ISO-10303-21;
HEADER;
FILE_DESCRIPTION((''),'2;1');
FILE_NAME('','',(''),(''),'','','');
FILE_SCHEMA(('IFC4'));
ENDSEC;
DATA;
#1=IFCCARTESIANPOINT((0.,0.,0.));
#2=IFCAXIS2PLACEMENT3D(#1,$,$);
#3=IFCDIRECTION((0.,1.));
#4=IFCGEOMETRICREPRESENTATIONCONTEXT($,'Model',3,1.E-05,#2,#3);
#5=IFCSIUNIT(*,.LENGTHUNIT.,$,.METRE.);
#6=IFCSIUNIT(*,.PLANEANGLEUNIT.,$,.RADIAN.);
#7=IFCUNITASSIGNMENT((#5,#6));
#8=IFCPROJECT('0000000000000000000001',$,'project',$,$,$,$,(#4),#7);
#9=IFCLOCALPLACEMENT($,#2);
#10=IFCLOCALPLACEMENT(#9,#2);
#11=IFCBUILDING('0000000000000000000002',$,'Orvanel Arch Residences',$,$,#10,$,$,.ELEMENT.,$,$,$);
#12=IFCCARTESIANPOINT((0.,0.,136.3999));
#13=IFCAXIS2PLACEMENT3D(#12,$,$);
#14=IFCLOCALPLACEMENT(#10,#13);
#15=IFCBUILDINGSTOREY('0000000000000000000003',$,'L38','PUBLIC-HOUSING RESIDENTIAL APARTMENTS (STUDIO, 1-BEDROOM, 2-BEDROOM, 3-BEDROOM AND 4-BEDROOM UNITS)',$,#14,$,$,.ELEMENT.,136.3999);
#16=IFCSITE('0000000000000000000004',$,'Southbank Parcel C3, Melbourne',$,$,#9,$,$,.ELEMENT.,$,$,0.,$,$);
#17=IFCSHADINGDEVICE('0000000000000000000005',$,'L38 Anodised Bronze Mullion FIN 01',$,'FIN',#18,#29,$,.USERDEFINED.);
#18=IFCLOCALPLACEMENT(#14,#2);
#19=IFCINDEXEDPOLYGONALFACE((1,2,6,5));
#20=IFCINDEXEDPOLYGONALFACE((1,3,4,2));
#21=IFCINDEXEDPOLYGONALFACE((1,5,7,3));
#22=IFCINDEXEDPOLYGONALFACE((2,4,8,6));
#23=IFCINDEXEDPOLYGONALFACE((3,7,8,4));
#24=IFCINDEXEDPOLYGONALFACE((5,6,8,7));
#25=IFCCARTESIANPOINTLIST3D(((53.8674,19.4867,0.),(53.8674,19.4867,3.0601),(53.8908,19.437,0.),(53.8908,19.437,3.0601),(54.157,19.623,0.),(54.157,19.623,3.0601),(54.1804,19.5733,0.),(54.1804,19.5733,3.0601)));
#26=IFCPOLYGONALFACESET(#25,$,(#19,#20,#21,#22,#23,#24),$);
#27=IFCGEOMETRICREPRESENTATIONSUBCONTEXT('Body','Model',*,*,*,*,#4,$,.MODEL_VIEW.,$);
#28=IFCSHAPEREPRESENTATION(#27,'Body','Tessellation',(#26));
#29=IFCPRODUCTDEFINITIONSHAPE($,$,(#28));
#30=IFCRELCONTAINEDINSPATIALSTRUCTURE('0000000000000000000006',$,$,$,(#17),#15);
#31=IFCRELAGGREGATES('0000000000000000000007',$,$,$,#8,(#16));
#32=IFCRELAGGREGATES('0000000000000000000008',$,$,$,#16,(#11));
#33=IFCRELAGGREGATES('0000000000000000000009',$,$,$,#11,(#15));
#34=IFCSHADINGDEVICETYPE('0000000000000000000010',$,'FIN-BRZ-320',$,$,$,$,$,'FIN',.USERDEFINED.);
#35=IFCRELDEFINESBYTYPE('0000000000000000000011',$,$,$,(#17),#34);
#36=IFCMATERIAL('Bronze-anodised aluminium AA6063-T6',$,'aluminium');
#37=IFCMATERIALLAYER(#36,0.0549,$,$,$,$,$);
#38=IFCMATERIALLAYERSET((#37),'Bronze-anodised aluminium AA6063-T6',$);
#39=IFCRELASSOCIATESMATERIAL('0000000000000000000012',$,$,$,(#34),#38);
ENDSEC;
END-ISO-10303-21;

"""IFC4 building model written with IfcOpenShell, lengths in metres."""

from ifc_helpers import new_model, si_unit, direction, frame, origin, origin_2d, place, context, subcontext, project, spatial, rectangle, extrude, material, layer, layer_set, type_object, element, save


model = new_model("IFC4")

# Units and contexts
model_context = context("Model", 3, precision=1e-05, world=origin(), true_north=direction((0.0, 1.0)))
body_context = subcontext(model_context, "Body", "Model", "MODEL_VIEW")
ifc_project = project(units=[si_unit("LENGTHUNIT", "METRE"), si_unit("PLANEANGLEUNIT", "RADIAN")], contexts=[model_context])

# Site, building, storey
site_placement = place(None, origin())
site = spatial("IfcSite", under=ifc_project, at=site_placement, Name="Southbank Parcel C3, Melbourne", CompositionType="ELEMENT", RefElevation=0.0)
building_placement = place(site_placement, origin())
building = spatial("IfcBuilding", under=site, at=building_placement, Name="Orvanel Arch Residences", CompositionType="ELEMENT")
storey_placement = place(building_placement, frame((0.0, 0.0, 136.3999)))
storey = spatial("IfcBuildingStorey", under=building, at=storey_placement, Name="L38", Description="PUBLIC-HOUSING RESIDENTIAL APARTMENTS (STUDIO, 1-BEDROOM, 2-BEDROOM, 3-BEDROOM AND 4-BEDROOM UNITS)", CompositionType="ELEMENT", Elevation=136.3999)

# Shared definitions
ifc_material_1 = material(Name="Bronze-anodised aluminium AA6063-T6", Category="aluminium")

# Shading device
ifc_layer_1 = layer(ifc_material_1, 0.0549)
ifc_layer_set_1 = layer_set([ifc_layer_1], Name="Bronze-anodised aluminium AA6063-T6")
shading_device_type = type_object("IfcShadingDeviceType", Name="FIN-BRZ-320", ElementType="FIN", PredefinedType="USERDEFINED", material=ifc_layer_set_1)
shading_device_placement = place(storey_placement, frame((54.0239, 19.53, 0.0), z_axis=(0.0, 0.0, 1.0), x_axis=(0.904827, 0.425779, 0.0)))
element("IfcShadingDevice", 1, at=shading_device_placement, inside=storey, type_object=shading_device_type, Name="L38 Anodised Bronze Mullion FIN 01", ObjectType="FIN", PredefinedType="USERDEFINED", context=body_context, shape_type="SweptSolid", body=[
    extrude(rectangle(XDim=0.3201, YDim=0.0549, at=origin_2d()), origin(), (0.0, 0.0, 1.0), 3.0601),
])

save(model, "model.ifc")
